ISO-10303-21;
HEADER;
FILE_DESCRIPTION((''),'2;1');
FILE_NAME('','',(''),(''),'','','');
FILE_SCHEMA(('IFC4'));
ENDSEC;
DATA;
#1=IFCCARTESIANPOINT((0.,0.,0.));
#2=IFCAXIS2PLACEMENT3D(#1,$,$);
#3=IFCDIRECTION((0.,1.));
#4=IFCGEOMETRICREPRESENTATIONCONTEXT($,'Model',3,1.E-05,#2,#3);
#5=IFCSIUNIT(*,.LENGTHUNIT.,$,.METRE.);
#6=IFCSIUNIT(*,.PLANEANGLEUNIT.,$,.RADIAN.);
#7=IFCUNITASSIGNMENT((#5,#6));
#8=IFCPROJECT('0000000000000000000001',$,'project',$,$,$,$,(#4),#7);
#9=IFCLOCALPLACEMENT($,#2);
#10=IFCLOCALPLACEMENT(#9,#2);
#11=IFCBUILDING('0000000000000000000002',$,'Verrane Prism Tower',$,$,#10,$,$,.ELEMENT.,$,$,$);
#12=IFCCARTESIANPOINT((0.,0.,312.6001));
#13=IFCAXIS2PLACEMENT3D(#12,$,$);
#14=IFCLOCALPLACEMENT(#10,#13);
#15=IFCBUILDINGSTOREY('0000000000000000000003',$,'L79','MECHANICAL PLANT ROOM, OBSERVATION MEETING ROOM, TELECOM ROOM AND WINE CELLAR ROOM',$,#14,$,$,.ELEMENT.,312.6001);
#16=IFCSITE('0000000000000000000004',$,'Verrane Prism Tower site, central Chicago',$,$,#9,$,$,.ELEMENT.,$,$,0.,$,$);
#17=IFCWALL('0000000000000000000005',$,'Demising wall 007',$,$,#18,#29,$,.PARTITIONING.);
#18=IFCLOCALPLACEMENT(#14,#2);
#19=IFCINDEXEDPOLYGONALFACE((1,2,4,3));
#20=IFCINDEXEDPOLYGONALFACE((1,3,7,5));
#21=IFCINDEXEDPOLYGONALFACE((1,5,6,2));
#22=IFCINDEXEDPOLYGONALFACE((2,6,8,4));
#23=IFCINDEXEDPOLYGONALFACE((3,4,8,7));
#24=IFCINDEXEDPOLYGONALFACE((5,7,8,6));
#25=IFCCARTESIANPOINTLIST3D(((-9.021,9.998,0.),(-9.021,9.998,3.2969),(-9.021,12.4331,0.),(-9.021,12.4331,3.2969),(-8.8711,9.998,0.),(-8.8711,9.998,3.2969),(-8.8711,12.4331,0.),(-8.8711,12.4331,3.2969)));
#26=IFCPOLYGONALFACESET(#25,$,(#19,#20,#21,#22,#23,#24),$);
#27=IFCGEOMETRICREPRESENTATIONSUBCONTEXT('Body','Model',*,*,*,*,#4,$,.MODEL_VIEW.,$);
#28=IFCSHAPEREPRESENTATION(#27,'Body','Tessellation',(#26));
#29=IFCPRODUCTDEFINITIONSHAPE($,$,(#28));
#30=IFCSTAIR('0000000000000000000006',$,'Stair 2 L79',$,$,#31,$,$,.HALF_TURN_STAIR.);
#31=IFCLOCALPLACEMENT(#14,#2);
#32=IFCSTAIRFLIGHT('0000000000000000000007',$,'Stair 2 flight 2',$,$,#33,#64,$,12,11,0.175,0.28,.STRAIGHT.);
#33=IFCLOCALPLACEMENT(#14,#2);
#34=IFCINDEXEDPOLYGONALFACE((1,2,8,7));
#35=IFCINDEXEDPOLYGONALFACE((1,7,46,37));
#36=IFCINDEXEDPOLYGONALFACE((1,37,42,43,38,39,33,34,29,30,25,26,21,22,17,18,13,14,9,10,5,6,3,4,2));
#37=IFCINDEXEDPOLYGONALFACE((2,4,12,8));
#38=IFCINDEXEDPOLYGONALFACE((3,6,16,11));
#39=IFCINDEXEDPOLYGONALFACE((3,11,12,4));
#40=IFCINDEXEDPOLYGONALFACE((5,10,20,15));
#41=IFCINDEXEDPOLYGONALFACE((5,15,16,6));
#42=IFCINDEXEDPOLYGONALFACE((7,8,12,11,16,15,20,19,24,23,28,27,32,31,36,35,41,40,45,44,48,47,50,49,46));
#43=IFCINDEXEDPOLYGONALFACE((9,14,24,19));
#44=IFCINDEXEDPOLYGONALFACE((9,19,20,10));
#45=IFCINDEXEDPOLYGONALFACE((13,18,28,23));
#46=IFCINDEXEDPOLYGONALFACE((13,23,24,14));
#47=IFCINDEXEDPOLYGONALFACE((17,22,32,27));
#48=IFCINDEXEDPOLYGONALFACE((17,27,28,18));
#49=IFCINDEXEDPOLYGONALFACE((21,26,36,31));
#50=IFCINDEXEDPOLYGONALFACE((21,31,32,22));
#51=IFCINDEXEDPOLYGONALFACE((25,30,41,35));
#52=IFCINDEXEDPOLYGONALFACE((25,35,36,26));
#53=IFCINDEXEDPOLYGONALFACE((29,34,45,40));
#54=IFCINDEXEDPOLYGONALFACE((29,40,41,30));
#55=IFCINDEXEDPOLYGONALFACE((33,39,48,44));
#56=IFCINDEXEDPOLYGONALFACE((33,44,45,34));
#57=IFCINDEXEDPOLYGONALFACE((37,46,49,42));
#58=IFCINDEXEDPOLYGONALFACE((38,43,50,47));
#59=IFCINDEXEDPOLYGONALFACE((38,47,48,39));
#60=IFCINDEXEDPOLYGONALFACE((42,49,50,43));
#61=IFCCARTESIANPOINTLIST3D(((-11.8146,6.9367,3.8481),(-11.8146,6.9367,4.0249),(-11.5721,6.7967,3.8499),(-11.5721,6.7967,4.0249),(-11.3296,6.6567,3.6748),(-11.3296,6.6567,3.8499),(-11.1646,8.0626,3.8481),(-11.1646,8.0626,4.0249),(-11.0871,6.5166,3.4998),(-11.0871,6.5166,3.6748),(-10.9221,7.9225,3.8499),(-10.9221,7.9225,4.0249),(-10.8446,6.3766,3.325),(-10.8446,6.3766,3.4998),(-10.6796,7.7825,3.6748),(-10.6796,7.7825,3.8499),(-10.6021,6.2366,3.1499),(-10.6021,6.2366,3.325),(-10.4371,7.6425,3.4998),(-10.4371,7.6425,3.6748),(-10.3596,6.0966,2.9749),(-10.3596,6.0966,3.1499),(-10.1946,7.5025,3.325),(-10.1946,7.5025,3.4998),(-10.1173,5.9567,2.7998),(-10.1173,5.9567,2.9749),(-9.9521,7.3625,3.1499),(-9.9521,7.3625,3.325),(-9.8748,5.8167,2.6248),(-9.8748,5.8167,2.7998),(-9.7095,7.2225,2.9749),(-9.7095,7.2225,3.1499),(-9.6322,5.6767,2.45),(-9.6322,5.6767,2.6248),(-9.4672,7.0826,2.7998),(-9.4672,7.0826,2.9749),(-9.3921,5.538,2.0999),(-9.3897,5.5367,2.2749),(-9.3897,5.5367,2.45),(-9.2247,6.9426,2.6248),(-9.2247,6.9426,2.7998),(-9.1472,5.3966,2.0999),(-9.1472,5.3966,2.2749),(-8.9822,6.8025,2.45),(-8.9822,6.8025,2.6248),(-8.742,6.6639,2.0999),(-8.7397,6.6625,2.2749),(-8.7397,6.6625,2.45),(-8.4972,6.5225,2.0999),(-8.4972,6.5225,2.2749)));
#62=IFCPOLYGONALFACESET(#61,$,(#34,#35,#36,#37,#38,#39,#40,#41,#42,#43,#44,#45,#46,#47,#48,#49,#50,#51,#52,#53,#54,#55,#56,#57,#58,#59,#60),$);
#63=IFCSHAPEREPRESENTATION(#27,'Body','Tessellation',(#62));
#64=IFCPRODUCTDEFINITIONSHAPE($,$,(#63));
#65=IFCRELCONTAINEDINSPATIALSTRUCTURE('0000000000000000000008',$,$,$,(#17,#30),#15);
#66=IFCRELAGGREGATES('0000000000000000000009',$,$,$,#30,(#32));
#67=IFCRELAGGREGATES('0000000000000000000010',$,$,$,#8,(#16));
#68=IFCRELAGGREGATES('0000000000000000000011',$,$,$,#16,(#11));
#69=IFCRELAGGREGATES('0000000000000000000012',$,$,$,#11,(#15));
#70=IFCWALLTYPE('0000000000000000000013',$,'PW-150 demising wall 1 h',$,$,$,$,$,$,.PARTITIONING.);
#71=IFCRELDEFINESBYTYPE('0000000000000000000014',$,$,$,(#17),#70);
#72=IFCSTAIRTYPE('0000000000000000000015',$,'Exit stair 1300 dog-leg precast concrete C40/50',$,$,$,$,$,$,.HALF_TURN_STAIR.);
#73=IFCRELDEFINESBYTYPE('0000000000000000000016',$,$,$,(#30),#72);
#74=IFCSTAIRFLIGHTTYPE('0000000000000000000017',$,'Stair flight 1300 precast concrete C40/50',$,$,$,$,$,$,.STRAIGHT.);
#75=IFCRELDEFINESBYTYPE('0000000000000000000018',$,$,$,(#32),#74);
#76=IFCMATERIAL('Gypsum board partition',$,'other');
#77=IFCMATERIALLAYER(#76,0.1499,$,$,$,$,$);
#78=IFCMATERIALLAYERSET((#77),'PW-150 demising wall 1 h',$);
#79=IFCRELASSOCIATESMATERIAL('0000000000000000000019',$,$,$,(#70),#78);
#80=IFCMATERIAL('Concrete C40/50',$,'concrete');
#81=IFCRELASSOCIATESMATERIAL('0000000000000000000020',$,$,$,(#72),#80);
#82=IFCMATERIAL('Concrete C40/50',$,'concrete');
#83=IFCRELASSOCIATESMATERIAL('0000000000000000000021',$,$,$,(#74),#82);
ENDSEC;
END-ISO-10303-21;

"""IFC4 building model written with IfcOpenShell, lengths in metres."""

from ifc_helpers import new_model, si_unit, direction, frame, frame_2d, origin, place, context, subcontext, project, spatial, polyline, rectangle, outline, extrude, material, layer, layer_set, type_object, element, aggregate, save


model = new_model("IFC4")

# Units and contexts
model_context = context("Model", 3, precision=1e-05, world=origin(), true_north=direction((0.0, 1.0)))
body_context = subcontext(model_context, "Body", "Model", "MODEL_VIEW")
ifc_project = project(units=[si_unit("LENGTHUNIT", "METRE"), si_unit("PLANEANGLEUNIT", "RADIAN")], contexts=[model_context])

# Site, building, storey
site_placement = place(None, origin())
site = spatial("IfcSite", under=ifc_project, at=site_placement, Name="Verrane Prism Tower site, central Chicago", CompositionType="ELEMENT", RefElevation=0.0)
building_placement = place(site_placement, origin())
building = spatial("IfcBuilding", under=site, at=building_placement, Name="Verrane Prism Tower", CompositionType="ELEMENT")
storey_placement = place(building_placement, frame((0.0, 0.0, 312.6001)))
storey = spatial("IfcBuildingStorey", under=building, at=storey_placement, Name="L79", Description="MECHANICAL PLANT ROOM, OBSERVATION MEETING ROOM, TELECOM ROOM AND WINE CELLAR ROOM", CompositionType="ELEMENT", Elevation=312.6001)

# Wall
ifc_material_1 = material(Name="Gypsum board partition", Category="other")
ifc_layer_1 = layer(ifc_material_1, 0.1499)
ifc_layer_set_1 = layer_set([ifc_layer_1], Name="PW-150 demising wall 1 h")
wall_type_1 = type_object("IfcWallType", Name="PW-150 demising wall 1 h", PredefinedType="PARTITIONING", material=ifc_layer_set_1)
wall_1_placement = place(storey_placement, frame((-8.946, 9.998, 0.0), z_axis=(0.0, 0.0, 1.0), x_axis=(0.0, 1.0, 0.0)))
element("IfcWall", 1, at=wall_1_placement, inside=storey, type_object=wall_type_1, Name="Demising wall 007", PredefinedType="PARTITIONING", context=body_context, shape_type="SweptSolid", body=[
    extrude(rectangle(XDim=2.4351, YDim=0.1499, at=frame_2d((1.2175, 0.0))), origin(), (0.0, 0.0, 1.0), 3.2969),
])

# Stair, stair flight
ifc_material_2 = material(Name="Concrete C40/50", Category="concrete")
stair_type = type_object("IfcStairType", Name="Exit stair 1300 dog-leg precast concrete C40/50", PredefinedType="HALF_TURN_STAIR", material=ifc_material_2)
stair_placement = place(storey_placement, origin())
stair = element("IfcStair", 2, at=stair_placement, inside=storey, type_object=stair_type, Name="Stair 2 L79", PredefinedType="HALF_TURN_STAIR")
ifc_material_3 = material(Name="Concrete C40/50", Category="concrete")
stair_flight_type = type_object("IfcStairFlightType", Name="Stair flight 1300 precast concrete C40/50", PredefinedType="STRAIGHT", material=ifc_material_3)
stair_flight_placement = place(storey_placement, frame((-8.8223, 5.9595, 2.0999), z_axis=(0.0, 0.0, 1.0), x_axis=(-0.866025, 0.5, 0.0)))
stair_flight = element("IfcStairFlight", 3, at=stair_flight_placement, type_object=stair_flight_type, Name="Stair 2 flight 2", NumberOfRisers=12, NumberOfTreads=11, PredefinedType="STRAIGHT", RiserHeight=0.175, TreadLength=0.28, context=body_context, shape_type="SweptSolid", body=[
    extrude(outline(polyline([(0.0, 0.0), (0.0, 0.175), (0.28, 0.175), (0.28, 0.3501), (0.5601, 0.3501), (0.5601, 0.5249), (0.8401, 0.5249), (0.8401, 0.7), (1.1201, 0.7), (1.1201, 0.875), (1.3999, 0.875), (1.3999, 1.05), (1.6799, 1.05), (1.6799, 1.2251), (1.96, 1.2251), (1.96, 1.3999), (2.24, 1.3999), (2.24, 1.575), (2.52, 1.575), (2.52, 1.75), (2.8, 1.75), (2.8, 1.925), (3.0801, 1.925), (3.0801, 2.1001), (3.0801, 1.7483), (0.2827, 0.0), (0.0, 0.0)])), frame((0.0, 0.6499, 0.0), z_axis=(0.0, -1.0, 0.0), x_axis=(1.0, 0.0, 0.0)), (0.0, 0.0, 1.0), 1.3),
])
aggregate(stair, [stair_flight])

save(model, "model.ifc")
